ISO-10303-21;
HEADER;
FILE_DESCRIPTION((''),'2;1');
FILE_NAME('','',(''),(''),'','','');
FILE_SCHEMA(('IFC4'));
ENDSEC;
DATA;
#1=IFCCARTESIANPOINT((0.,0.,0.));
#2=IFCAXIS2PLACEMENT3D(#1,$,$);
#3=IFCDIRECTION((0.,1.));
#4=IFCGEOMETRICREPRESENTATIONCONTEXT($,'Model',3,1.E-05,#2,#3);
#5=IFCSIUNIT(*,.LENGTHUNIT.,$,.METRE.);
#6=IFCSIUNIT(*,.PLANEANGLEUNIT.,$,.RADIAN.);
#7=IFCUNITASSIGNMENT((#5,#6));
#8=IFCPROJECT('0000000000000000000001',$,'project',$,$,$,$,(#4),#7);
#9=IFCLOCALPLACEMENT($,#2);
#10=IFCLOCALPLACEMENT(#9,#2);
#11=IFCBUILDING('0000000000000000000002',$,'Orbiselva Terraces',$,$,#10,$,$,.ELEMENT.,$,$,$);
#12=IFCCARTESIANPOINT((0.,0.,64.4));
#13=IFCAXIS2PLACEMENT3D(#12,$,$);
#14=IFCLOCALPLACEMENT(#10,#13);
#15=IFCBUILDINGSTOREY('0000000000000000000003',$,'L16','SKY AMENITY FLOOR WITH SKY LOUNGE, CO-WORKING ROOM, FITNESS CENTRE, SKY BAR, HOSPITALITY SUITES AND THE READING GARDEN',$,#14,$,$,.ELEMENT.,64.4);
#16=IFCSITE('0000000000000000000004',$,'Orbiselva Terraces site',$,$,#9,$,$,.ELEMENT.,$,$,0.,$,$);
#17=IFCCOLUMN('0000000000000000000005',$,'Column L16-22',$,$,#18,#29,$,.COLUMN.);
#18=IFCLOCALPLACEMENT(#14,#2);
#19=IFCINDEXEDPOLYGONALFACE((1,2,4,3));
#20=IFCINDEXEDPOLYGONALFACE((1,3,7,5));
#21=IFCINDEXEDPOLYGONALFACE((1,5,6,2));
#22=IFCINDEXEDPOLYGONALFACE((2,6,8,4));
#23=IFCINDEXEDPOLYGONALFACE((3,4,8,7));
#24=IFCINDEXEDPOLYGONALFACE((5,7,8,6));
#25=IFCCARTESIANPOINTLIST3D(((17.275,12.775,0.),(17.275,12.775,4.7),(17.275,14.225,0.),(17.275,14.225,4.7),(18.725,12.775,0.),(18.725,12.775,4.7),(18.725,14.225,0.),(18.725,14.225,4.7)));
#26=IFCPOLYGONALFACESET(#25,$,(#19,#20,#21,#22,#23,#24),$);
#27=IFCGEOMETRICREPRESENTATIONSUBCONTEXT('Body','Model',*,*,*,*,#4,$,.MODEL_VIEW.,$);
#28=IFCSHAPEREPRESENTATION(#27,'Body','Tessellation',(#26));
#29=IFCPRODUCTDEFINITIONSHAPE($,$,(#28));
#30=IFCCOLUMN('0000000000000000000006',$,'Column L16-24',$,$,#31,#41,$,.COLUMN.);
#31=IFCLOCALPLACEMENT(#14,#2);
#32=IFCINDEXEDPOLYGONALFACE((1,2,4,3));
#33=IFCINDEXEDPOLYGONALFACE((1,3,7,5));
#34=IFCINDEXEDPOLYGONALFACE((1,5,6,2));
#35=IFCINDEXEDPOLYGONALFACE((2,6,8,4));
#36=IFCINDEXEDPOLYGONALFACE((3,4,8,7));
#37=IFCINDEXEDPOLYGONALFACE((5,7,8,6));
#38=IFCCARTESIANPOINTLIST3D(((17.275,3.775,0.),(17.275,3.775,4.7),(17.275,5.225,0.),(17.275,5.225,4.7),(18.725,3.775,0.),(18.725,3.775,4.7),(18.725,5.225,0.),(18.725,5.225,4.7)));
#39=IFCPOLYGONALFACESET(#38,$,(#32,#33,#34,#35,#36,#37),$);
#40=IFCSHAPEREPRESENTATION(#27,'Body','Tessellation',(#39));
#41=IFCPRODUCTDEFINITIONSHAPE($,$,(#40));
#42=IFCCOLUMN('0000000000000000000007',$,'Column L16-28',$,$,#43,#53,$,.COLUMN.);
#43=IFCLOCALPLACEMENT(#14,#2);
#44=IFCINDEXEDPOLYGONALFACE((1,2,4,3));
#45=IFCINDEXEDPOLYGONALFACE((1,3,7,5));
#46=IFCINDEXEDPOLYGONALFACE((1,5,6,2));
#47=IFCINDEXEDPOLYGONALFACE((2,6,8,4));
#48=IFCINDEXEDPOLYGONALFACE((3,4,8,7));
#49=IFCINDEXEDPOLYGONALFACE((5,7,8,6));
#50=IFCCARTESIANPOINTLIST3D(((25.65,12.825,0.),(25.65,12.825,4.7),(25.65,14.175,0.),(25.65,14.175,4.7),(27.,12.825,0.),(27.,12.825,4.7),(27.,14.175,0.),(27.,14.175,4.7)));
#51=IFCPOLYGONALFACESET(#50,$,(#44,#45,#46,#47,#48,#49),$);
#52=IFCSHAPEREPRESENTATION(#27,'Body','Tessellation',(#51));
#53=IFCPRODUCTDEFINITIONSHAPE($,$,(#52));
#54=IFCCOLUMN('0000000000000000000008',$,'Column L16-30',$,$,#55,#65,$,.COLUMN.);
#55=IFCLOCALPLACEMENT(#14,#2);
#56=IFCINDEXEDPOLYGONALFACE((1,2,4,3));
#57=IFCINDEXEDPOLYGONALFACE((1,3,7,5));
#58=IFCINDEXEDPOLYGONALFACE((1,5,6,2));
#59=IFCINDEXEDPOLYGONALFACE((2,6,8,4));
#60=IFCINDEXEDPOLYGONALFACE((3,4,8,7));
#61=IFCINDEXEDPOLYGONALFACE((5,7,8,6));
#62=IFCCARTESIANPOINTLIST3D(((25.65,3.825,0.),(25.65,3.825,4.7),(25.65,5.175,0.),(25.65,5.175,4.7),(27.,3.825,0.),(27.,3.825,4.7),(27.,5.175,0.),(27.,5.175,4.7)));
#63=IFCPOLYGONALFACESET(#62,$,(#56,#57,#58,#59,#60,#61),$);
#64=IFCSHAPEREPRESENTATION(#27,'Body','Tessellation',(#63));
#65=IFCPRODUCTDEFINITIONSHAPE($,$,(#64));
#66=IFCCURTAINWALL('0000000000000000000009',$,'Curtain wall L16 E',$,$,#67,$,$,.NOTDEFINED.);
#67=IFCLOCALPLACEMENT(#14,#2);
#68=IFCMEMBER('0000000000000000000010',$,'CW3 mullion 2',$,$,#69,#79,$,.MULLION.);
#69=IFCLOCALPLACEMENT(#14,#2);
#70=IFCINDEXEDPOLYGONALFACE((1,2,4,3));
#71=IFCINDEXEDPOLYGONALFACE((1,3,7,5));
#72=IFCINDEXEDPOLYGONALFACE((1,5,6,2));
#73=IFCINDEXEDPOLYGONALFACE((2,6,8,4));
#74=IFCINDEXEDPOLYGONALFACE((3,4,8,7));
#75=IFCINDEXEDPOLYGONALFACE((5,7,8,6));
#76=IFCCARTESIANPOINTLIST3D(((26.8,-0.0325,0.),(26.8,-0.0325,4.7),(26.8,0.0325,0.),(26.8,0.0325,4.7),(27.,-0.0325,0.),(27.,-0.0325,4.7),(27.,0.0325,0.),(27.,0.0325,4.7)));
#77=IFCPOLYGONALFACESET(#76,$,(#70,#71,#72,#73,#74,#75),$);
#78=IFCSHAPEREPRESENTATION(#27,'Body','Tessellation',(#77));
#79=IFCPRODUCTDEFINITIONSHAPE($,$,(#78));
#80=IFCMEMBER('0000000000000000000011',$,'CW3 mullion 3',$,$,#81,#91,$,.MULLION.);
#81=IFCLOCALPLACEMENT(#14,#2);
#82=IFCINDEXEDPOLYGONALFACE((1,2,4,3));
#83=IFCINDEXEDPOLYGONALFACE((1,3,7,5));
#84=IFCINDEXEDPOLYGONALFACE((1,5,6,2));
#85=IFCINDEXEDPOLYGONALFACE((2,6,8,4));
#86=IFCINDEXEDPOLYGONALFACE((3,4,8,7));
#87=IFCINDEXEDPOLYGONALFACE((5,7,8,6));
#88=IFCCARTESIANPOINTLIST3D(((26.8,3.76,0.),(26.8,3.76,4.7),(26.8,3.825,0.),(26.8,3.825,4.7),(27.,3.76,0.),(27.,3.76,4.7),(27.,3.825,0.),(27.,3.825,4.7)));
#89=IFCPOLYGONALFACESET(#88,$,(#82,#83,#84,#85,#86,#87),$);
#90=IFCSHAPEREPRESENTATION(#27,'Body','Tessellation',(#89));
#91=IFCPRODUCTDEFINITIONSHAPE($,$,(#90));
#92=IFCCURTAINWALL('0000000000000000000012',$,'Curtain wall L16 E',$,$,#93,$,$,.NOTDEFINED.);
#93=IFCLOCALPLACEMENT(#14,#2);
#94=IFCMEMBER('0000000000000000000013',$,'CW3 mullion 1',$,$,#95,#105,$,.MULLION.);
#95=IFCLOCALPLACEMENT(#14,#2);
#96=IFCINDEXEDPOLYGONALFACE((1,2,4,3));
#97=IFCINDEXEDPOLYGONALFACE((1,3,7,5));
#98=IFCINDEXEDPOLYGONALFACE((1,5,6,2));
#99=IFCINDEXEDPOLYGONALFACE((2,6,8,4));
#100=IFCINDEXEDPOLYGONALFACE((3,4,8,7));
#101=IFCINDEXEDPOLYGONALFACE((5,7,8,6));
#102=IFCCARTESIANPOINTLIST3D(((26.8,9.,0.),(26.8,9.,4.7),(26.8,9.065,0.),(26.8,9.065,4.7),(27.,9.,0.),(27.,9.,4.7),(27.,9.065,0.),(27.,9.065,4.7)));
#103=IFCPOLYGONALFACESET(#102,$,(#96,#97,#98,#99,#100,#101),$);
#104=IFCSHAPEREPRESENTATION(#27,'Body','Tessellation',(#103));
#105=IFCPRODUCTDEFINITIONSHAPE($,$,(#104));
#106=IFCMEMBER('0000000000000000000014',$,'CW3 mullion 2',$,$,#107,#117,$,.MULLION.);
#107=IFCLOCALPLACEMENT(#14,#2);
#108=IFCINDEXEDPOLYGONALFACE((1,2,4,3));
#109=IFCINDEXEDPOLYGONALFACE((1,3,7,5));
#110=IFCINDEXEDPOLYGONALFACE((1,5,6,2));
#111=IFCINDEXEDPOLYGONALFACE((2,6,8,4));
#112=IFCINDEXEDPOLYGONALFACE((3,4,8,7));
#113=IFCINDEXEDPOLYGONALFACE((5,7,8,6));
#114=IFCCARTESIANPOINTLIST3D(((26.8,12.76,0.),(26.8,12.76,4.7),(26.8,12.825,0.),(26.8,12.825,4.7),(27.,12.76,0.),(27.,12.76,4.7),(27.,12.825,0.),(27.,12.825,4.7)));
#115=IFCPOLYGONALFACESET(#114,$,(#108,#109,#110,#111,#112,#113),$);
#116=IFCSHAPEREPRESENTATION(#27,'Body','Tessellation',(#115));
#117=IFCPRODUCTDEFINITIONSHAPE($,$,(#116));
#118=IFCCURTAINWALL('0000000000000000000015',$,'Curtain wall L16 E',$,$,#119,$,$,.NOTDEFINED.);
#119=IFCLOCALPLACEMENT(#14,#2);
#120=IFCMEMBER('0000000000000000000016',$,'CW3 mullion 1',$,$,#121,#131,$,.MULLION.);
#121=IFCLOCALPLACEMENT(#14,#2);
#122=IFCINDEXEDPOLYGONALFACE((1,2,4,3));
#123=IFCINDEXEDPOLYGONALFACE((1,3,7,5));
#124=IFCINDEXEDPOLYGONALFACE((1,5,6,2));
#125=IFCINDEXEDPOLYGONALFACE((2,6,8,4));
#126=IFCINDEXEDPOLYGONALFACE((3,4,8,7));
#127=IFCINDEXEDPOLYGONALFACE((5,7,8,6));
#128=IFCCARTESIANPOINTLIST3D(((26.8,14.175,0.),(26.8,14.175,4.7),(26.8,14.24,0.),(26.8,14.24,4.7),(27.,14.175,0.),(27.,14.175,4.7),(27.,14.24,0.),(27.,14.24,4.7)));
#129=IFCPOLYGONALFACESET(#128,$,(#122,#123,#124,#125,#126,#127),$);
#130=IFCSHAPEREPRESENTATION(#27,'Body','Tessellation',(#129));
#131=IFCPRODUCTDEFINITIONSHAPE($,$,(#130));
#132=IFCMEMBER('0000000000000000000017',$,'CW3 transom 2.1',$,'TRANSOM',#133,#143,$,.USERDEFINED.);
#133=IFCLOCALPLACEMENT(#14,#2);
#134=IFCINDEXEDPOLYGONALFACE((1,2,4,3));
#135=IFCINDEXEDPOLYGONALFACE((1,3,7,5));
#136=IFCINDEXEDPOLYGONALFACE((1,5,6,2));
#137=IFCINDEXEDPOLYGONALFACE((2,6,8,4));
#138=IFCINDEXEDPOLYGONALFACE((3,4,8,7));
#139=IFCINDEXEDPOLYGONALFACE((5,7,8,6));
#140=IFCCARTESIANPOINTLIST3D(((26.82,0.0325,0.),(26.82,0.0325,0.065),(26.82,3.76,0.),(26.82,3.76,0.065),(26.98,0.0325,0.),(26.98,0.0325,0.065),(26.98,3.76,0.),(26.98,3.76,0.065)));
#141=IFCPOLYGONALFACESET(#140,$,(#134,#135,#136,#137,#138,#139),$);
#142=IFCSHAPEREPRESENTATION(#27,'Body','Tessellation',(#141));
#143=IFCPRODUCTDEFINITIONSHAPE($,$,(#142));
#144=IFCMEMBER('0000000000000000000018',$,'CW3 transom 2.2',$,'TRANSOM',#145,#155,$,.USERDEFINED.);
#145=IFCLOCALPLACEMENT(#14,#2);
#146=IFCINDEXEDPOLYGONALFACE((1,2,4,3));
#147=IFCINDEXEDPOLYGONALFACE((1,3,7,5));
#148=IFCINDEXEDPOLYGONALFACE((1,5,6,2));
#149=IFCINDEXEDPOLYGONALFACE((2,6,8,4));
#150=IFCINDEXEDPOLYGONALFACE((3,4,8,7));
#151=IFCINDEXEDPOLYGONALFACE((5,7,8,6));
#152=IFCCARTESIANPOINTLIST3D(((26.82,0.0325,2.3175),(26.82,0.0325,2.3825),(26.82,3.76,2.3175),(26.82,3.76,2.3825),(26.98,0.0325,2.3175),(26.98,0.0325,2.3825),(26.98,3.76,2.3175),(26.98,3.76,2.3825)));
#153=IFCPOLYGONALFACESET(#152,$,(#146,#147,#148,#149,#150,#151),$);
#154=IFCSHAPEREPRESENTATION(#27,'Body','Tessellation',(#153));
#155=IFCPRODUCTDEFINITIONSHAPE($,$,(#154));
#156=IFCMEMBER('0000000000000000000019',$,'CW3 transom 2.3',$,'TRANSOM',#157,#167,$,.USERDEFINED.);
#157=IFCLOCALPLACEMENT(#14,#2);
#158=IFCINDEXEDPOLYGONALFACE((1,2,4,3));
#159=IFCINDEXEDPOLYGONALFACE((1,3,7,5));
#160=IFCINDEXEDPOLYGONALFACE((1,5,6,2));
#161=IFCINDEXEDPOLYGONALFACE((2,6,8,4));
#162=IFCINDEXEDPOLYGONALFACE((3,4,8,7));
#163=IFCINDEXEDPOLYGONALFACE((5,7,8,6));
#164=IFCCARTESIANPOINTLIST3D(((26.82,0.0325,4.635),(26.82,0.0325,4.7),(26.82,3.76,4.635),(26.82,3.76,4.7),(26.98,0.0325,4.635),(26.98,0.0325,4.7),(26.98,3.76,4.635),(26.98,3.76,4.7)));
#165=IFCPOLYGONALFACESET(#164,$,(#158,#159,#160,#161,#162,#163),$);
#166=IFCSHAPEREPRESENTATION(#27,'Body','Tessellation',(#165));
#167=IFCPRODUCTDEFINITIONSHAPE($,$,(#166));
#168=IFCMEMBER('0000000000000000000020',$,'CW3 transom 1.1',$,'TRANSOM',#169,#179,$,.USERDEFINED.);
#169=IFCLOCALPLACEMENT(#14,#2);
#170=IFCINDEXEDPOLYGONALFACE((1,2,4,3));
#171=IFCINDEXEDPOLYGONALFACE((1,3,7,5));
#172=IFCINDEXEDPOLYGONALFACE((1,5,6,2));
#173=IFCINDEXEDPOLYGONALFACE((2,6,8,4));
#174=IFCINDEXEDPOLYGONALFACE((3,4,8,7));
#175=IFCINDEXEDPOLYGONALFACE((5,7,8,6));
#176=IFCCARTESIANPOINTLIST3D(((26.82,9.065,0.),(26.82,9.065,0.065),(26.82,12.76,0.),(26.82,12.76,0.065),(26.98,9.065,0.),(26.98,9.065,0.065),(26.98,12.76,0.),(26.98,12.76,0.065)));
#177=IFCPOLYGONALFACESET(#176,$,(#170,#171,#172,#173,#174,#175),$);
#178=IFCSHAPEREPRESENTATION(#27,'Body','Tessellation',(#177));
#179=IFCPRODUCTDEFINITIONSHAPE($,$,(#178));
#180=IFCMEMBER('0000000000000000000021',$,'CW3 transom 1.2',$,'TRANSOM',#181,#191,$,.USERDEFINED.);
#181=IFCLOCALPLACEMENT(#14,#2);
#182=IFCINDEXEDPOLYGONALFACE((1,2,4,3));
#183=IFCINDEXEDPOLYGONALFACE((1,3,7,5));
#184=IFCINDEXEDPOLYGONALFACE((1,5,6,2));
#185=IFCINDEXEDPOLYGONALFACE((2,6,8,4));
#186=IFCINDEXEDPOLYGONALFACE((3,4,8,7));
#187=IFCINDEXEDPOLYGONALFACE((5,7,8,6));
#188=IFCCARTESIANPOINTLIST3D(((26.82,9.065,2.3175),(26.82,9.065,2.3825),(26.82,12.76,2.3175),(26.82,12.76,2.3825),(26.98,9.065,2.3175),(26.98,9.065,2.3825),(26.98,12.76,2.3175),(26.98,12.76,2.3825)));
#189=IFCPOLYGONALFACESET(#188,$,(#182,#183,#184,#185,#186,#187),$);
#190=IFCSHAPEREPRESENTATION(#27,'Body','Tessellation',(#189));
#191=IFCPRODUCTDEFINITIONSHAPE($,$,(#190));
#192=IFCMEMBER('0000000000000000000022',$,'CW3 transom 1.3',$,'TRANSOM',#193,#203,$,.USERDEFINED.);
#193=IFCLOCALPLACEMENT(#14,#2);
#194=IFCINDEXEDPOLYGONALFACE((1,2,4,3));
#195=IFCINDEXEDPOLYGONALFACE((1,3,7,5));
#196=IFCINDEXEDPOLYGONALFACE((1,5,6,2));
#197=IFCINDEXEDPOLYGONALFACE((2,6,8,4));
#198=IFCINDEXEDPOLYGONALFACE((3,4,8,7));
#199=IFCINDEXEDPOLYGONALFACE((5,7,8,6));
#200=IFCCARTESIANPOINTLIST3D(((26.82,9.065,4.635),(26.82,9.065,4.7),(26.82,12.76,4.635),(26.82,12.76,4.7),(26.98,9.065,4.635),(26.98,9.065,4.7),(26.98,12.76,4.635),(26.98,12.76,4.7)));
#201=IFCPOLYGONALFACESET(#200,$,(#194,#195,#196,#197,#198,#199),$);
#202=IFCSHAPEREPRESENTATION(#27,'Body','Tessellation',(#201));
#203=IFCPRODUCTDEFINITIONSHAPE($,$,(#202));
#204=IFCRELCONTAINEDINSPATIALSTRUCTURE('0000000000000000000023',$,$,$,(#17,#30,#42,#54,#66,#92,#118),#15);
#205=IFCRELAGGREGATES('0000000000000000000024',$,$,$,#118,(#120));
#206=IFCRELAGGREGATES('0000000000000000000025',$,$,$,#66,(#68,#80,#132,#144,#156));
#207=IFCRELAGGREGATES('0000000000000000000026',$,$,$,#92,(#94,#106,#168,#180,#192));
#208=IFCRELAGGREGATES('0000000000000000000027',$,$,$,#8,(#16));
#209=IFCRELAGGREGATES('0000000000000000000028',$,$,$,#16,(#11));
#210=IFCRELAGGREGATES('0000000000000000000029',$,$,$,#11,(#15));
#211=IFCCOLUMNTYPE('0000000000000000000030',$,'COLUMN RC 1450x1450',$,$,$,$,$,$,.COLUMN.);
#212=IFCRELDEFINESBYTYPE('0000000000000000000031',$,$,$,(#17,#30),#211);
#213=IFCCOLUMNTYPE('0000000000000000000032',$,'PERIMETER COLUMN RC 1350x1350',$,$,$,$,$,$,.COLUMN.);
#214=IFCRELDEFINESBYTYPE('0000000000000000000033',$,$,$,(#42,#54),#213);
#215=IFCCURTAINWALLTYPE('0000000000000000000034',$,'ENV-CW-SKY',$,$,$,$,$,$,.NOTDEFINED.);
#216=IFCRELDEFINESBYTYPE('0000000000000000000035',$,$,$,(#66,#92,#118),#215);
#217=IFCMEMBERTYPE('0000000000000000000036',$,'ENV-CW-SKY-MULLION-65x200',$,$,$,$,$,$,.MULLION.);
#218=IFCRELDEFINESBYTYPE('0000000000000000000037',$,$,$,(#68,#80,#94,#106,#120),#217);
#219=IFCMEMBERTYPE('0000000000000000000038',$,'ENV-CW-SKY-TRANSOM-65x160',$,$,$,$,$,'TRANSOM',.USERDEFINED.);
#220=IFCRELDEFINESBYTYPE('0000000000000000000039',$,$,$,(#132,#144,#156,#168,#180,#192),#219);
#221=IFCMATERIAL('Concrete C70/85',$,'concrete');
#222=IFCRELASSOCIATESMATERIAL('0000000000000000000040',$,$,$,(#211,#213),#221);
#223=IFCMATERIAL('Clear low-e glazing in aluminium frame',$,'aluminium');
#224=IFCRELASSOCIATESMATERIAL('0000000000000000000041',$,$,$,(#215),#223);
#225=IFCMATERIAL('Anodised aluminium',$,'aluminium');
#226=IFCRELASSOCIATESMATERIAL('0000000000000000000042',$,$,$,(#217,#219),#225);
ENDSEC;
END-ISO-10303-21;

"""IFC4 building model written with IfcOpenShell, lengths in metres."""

from ifc_helpers import new_model, si_unit, direction, frame, origin, origin_2d, place, context, subcontext, project, spatial, rectangle, extrude, material, material_profile, profile_set, type_object, element, aggregate, save


model = new_model("IFC4")

# Units and contexts
model_context = context("Model", 3, precision=1e-05, world=origin(), true_north=direction((0.0, 1.0)))
body_context = subcontext(model_context, "Body", "Model", "MODEL_VIEW")
ifc_project = project(units=[si_unit("LENGTHUNIT", "METRE"), si_unit("PLANEANGLEUNIT", "RADIAN")], contexts=[model_context])

# Site, building, storey
site_placement = place(None, origin())
site = spatial("IfcSite", under=ifc_project, at=site_placement, Name="Orbiselva Terraces site", CompositionType="ELEMENT", RefElevation=0.0)
building_placement = place(site_placement, origin())
building = spatial("IfcBuilding", under=site, at=building_placement, Name="Orbiselva Terraces", CompositionType="ELEMENT")
storey_placement = place(building_placement, frame((0.0, 0.0, 64.4)))
storey = spatial("IfcBuildingStorey", under=building, at=storey_placement, Name="L16", Description="SKY AMENITY FLOOR WITH SKY LOUNGE, CO-WORKING ROOM, FITNESS CENTRE, SKY BAR, HOSPITALITY SUITES AND THE READING GARDEN", CompositionType="ELEMENT", Elevation=64.4)

# Columns
ifc_material_1 = material(Name="Concrete C70/85", Category="concrete")
ifc_material_profile_1 = material_profile(ifc_material_1, rectangle(XDim=1.45, YDim=1.45, at=origin_2d()), Name="RC 1450x1450")
ifc_profile_set_1 = profile_set([ifc_material_profile_1], Name="Concrete C70/85")
column_type_1 = type_object("IfcColumnType", Name="COLUMN RC 1450x1450", PredefinedType="COLUMN", material=ifc_profile_set_1)
for number, where, z_axis, x_axis, name in (
    (1, (18.0, 13.5, 0.0), (0.0, 0.0, 1.0), (1.0, 0.0, 0.0), "Column L16-22"),
    (2, (18.0, 4.5, 0.0), (0.0, 0.0, 1.0), (1.0, 0.0, 0.0), "Column L16-24"),
):
    element("IfcColumn", number, at=place(storey_placement, frame(where, z_axis=z_axis, x_axis=x_axis)), inside=storey, type_object=column_type_1, Name=name, PredefinedType="COLUMN", context=body_context, shape_type="SweptSolid", body=[
        extrude(rectangle(XDim=1.45, YDim=1.45, at=origin_2d()), origin(), (0.0, 0.0, 1.0), 4.7),
    ])
ifc_material_profile_2 = material_profile(ifc_material_1, rectangle(XDim=1.35, YDim=1.35, at=origin_2d()), Name="RC 1350x1350")
ifc_profile_set_2 = profile_set([ifc_material_profile_2], Name="Concrete C70/85")
column_type_2 = type_object("IfcColumnType", Name="PERIMETER COLUMN RC 1350x1350", PredefinedType="COLUMN", material=ifc_profile_set_2)
for number, where, z_axis, x_axis, name in (
    (3, (26.325, 13.5, 0.0), (0.0, 0.0, 1.0), (1.0, 0.0, 0.0), "Column L16-28"),
    (4, (26.325, 4.5, 0.0), (0.0, 0.0, 1.0), (1.0, 0.0, 0.0), "Column L16-30"),
):
    element("IfcColumn", number, at=place(storey_placement, frame(where, z_axis=z_axis, x_axis=x_axis)), inside=storey, type_object=column_type_2, Name=name, PredefinedType="COLUMN", context=body_context, shape_type="SweptSolid", body=[
        extrude(rectangle(XDim=1.35, YDim=1.35, at=origin_2d()), origin(), (0.0, 0.0, 1.0), 4.7),
    ])

# Curtain walls, members
ifc_material_2 = material(Name="Clear low-e glazing in aluminium frame", Category="aluminium")
curtain_wall_type = type_object("IfcCurtainWallType", Name="ENV-CW-SKY", PredefinedType="NOTDEFINED", material=ifc_material_2)
curtain_wall_1_placement = place(storey_placement, origin())
curtain_wall_1 = element("IfcCurtainWall", 5, at=curtain_wall_1_placement, inside=storey, type_object=curtain_wall_type, Name="Curtain wall L16 E", PredefinedType="NOTDEFINED")
ifc_material_3 = material(Name="Anodised aluminium", Category="aluminium")
ifc_material_profile_3 = material_profile(ifc_material_3, rectangle(XDim=0.2, YDim=0.065, at=origin_2d()), Name="AL 65x200")
ifc_profile_set_3 = profile_set([ifc_material_profile_3], Name="Anodised aluminium")
member_type_1 = type_object("IfcMemberType", Name="ENV-CW-SKY-MULLION-65x200", PredefinedType="MULLION", material=ifc_profile_set_3)
member_1_placement = place(storey_placement, frame((26.9, 0.0, 0.0), z_axis=(0.0, 0.0, 1.0), x_axis=(-1.0, 0.0, 0.0)))
member_1 = element("IfcMember", 6, at=member_1_placement, type_object=member_type_1, Name="CW3 mullion 2", PredefinedType="MULLION", context=body_context, shape_type="SweptSolid", body=[
    extrude(rectangle(XDim=0.2, YDim=0.065, at=origin_2d()), origin(), (0.0, 0.0, 1.0), 4.7),
])
member_2_placement = place(storey_placement, frame((26.9, 3.7925, 0.0), z_axis=(0.0, 0.0, 1.0), x_axis=(-1.0, 0.0, 0.0)))
member_2 = element("IfcMember", 7, at=member_2_placement, type_object=member_type_1, Name="CW3 mullion 3", PredefinedType="MULLION", context=body_context, shape_type="SweptSolid", body=[
    extrude(rectangle(XDim=0.2, YDim=0.065, at=origin_2d()), origin(), (0.0, 0.0, 1.0), 4.7),
])
curtain_wall_2_placement = place(storey_placement, origin())
curtain_wall_2 = element("IfcCurtainWall", 8, at=curtain_wall_2_placement, inside=storey, type_object=curtain_wall_type, Name="Curtain wall L16 E", PredefinedType="NOTDEFINED")
member_3_placement = place(storey_placement, frame((26.9, 9.0325, 0.0), z_axis=(0.0, 0.0, 1.0), x_axis=(-1.0, 0.0, 0.0)))
member_3 = element("IfcMember", 9, at=member_3_placement, type_object=member_type_1, Name="CW3 mullion 1", PredefinedType="MULLION", context=body_context, shape_type="SweptSolid", body=[
    extrude(rectangle(XDim=0.2, YDim=0.065, at=origin_2d()), origin(), (0.0, 0.0, 1.0), 4.7),
])
member_4_placement = place(storey_placement, frame((26.9, 12.7925, 0.0), z_axis=(0.0, 0.0, 1.0), x_axis=(-1.0, 0.0, 0.0)))
member_4 = element("IfcMember", 10, at=member_4_placement, type_object=member_type_1, Name="CW3 mullion 2", PredefinedType="MULLION", context=body_context, shape_type="SweptSolid", body=[
    extrude(rectangle(XDim=0.2, YDim=0.065, at=origin_2d()), origin(), (0.0, 0.0, 1.0), 4.7),
])

# Curtain wall, member
curtain_wall_3_placement = place(storey_placement, origin())
curtain_wall_3 = element("IfcCurtainWall", 11, at=curtain_wall_3_placement, inside=storey, type_object=curtain_wall_type, Name="Curtain wall L16 E", PredefinedType="NOTDEFINED")
member_5_placement = place(storey_placement, frame((26.9, 14.2075, 0.0), z_axis=(0.0, 0.0, 1.0), x_axis=(-1.0, 0.0, 0.0)))
member_5 = element("IfcMember", 12, at=member_5_placement, type_object=member_type_1, Name="CW3 mullion 1", PredefinedType="MULLION", context=body_context, shape_type="SweptSolid", body=[
    extrude(rectangle(XDim=0.2, YDim=0.065, at=origin_2d()), origin(), (0.0, 0.0, 1.0), 4.7),
])
aggregate(curtain_wall_3, [member_5])

# Members
ifc_material_profile_4 = material_profile(ifc_material_3, rectangle(XDim=0.16, YDim=0.065, at=origin_2d()), Name="AL 65x160")
ifc_profile_set_4 = profile_set([ifc_material_profile_4], Name="Anodised aluminium")
member_type_2 = type_object("IfcMemberType", Name="ENV-CW-SKY-TRANSOM-65x160", ElementType="TRANSOM", PredefinedType="USERDEFINED", material=ifc_profile_set_4)
member_6_placement = place(storey_placement, frame((26.9, 0.0325, 0.0325), z_axis=(0.0, 1.0, 0.0), x_axis=(-1.0, 0.0, 0.0)))
member_6 = element("IfcMember", 13, at=member_6_placement, type_object=member_type_2, Name="CW3 transom 2.1", ObjectType="TRANSOM", PredefinedType="USERDEFINED", context=body_context, shape_type="SweptSolid", body=[
    extrude(rectangle(XDim=0.16, YDim=0.065, at=origin_2d()), origin(), (0.0, 0.0, 1.0), 3.7275),
])
member_7_placement = place(storey_placement, frame((26.9, 0.0325, 2.35), z_axis=(0.0, 1.0, 0.0), x_axis=(-1.0, 0.0, 0.0)))
member_7 = element("IfcMember", 14, at=member_7_placement, type_object=member_type_2, Name="CW3 transom 2.2", ObjectType="TRANSOM", PredefinedType="USERDEFINED", context=body_context, shape_type="SweptSolid", body=[
    extrude(rectangle(XDim=0.16, YDim=0.065, at=origin_2d()), origin(), (0.0, 0.0, 1.0), 3.7275),
])
member_8_placement = place(storey_placement, frame((26.9, 0.0325, 4.6675), z_axis=(0.0, 1.0, 0.0), x_axis=(-1.0, 0.0, 0.0)))
member_8 = element("IfcMember", 15, at=member_8_placement, type_object=member_type_2, Name="CW3 transom 2.3", ObjectType="TRANSOM", PredefinedType="USERDEFINED", context=body_context, shape_type="SweptSolid", body=[
    extrude(rectangle(XDim=0.16, YDim=0.065, at=origin_2d()), origin(), (0.0, 0.0, 1.0), 3.7275),
])
member_9_placement = place(storey_placement, frame((26.9, 9.065, 0.0325), z_axis=(0.0, 1.0, 0.0), x_axis=(-1.0, 0.0, 0.0)))
member_9 = element("IfcMember", 16, at=member_9_placement, type_object=member_type_2, Name="CW3 transom 1.1", ObjectType="TRANSOM", PredefinedType="USERDEFINED", context=body_context, shape_type="SweptSolid", body=[
    extrude(rectangle(XDim=0.16, YDim=0.065, at=origin_2d()), origin(), (0.0, 0.0, 1.0), 3.695),
])
member_10_placement = place(storey_placement, frame((26.9, 9.065, 2.35), z_axis=(0.0, 1.0, 0.0), x_axis=(-1.0, 0.0, 0.0)))
member_10 = element("IfcMember", 17, at=member_10_placement, type_object=member_type_2, Name="CW3 transom 1.2", ObjectType="TRANSOM", PredefinedType="USERDEFINED", context=body_context, shape_type="SweptSolid", body=[
    extrude(rectangle(XDim=0.16, YDim=0.065, at=origin_2d()), origin(), (0.0, 0.0, 1.0), 3.695),
])
member_11_placement = place(storey_placement, frame((26.9, 9.065, 4.6675), z_axis=(0.0, 1.0, 0.0), x_axis=(-1.0, 0.0, 0.0)))
member_11 = element("IfcMember", 18, at=member_11_placement, type_object=member_type_2, Name="CW3 transom 1.3", ObjectType="TRANSOM", PredefinedType="USERDEFINED", context=body_context, shape_type="SweptSolid", body=[
    extrude(rectangle(XDim=0.16, YDim=0.065, at=origin_2d()), origin(), (0.0, 0.0, 1.0), 3.695),
])

aggregate(curtain_wall_1, [member_1, member_2, member_6, member_7, member_8])
aggregate(curtain_wall_2, [member_3, member_4, member_9, member_10, member_11])

save(model, "model.ifc")
